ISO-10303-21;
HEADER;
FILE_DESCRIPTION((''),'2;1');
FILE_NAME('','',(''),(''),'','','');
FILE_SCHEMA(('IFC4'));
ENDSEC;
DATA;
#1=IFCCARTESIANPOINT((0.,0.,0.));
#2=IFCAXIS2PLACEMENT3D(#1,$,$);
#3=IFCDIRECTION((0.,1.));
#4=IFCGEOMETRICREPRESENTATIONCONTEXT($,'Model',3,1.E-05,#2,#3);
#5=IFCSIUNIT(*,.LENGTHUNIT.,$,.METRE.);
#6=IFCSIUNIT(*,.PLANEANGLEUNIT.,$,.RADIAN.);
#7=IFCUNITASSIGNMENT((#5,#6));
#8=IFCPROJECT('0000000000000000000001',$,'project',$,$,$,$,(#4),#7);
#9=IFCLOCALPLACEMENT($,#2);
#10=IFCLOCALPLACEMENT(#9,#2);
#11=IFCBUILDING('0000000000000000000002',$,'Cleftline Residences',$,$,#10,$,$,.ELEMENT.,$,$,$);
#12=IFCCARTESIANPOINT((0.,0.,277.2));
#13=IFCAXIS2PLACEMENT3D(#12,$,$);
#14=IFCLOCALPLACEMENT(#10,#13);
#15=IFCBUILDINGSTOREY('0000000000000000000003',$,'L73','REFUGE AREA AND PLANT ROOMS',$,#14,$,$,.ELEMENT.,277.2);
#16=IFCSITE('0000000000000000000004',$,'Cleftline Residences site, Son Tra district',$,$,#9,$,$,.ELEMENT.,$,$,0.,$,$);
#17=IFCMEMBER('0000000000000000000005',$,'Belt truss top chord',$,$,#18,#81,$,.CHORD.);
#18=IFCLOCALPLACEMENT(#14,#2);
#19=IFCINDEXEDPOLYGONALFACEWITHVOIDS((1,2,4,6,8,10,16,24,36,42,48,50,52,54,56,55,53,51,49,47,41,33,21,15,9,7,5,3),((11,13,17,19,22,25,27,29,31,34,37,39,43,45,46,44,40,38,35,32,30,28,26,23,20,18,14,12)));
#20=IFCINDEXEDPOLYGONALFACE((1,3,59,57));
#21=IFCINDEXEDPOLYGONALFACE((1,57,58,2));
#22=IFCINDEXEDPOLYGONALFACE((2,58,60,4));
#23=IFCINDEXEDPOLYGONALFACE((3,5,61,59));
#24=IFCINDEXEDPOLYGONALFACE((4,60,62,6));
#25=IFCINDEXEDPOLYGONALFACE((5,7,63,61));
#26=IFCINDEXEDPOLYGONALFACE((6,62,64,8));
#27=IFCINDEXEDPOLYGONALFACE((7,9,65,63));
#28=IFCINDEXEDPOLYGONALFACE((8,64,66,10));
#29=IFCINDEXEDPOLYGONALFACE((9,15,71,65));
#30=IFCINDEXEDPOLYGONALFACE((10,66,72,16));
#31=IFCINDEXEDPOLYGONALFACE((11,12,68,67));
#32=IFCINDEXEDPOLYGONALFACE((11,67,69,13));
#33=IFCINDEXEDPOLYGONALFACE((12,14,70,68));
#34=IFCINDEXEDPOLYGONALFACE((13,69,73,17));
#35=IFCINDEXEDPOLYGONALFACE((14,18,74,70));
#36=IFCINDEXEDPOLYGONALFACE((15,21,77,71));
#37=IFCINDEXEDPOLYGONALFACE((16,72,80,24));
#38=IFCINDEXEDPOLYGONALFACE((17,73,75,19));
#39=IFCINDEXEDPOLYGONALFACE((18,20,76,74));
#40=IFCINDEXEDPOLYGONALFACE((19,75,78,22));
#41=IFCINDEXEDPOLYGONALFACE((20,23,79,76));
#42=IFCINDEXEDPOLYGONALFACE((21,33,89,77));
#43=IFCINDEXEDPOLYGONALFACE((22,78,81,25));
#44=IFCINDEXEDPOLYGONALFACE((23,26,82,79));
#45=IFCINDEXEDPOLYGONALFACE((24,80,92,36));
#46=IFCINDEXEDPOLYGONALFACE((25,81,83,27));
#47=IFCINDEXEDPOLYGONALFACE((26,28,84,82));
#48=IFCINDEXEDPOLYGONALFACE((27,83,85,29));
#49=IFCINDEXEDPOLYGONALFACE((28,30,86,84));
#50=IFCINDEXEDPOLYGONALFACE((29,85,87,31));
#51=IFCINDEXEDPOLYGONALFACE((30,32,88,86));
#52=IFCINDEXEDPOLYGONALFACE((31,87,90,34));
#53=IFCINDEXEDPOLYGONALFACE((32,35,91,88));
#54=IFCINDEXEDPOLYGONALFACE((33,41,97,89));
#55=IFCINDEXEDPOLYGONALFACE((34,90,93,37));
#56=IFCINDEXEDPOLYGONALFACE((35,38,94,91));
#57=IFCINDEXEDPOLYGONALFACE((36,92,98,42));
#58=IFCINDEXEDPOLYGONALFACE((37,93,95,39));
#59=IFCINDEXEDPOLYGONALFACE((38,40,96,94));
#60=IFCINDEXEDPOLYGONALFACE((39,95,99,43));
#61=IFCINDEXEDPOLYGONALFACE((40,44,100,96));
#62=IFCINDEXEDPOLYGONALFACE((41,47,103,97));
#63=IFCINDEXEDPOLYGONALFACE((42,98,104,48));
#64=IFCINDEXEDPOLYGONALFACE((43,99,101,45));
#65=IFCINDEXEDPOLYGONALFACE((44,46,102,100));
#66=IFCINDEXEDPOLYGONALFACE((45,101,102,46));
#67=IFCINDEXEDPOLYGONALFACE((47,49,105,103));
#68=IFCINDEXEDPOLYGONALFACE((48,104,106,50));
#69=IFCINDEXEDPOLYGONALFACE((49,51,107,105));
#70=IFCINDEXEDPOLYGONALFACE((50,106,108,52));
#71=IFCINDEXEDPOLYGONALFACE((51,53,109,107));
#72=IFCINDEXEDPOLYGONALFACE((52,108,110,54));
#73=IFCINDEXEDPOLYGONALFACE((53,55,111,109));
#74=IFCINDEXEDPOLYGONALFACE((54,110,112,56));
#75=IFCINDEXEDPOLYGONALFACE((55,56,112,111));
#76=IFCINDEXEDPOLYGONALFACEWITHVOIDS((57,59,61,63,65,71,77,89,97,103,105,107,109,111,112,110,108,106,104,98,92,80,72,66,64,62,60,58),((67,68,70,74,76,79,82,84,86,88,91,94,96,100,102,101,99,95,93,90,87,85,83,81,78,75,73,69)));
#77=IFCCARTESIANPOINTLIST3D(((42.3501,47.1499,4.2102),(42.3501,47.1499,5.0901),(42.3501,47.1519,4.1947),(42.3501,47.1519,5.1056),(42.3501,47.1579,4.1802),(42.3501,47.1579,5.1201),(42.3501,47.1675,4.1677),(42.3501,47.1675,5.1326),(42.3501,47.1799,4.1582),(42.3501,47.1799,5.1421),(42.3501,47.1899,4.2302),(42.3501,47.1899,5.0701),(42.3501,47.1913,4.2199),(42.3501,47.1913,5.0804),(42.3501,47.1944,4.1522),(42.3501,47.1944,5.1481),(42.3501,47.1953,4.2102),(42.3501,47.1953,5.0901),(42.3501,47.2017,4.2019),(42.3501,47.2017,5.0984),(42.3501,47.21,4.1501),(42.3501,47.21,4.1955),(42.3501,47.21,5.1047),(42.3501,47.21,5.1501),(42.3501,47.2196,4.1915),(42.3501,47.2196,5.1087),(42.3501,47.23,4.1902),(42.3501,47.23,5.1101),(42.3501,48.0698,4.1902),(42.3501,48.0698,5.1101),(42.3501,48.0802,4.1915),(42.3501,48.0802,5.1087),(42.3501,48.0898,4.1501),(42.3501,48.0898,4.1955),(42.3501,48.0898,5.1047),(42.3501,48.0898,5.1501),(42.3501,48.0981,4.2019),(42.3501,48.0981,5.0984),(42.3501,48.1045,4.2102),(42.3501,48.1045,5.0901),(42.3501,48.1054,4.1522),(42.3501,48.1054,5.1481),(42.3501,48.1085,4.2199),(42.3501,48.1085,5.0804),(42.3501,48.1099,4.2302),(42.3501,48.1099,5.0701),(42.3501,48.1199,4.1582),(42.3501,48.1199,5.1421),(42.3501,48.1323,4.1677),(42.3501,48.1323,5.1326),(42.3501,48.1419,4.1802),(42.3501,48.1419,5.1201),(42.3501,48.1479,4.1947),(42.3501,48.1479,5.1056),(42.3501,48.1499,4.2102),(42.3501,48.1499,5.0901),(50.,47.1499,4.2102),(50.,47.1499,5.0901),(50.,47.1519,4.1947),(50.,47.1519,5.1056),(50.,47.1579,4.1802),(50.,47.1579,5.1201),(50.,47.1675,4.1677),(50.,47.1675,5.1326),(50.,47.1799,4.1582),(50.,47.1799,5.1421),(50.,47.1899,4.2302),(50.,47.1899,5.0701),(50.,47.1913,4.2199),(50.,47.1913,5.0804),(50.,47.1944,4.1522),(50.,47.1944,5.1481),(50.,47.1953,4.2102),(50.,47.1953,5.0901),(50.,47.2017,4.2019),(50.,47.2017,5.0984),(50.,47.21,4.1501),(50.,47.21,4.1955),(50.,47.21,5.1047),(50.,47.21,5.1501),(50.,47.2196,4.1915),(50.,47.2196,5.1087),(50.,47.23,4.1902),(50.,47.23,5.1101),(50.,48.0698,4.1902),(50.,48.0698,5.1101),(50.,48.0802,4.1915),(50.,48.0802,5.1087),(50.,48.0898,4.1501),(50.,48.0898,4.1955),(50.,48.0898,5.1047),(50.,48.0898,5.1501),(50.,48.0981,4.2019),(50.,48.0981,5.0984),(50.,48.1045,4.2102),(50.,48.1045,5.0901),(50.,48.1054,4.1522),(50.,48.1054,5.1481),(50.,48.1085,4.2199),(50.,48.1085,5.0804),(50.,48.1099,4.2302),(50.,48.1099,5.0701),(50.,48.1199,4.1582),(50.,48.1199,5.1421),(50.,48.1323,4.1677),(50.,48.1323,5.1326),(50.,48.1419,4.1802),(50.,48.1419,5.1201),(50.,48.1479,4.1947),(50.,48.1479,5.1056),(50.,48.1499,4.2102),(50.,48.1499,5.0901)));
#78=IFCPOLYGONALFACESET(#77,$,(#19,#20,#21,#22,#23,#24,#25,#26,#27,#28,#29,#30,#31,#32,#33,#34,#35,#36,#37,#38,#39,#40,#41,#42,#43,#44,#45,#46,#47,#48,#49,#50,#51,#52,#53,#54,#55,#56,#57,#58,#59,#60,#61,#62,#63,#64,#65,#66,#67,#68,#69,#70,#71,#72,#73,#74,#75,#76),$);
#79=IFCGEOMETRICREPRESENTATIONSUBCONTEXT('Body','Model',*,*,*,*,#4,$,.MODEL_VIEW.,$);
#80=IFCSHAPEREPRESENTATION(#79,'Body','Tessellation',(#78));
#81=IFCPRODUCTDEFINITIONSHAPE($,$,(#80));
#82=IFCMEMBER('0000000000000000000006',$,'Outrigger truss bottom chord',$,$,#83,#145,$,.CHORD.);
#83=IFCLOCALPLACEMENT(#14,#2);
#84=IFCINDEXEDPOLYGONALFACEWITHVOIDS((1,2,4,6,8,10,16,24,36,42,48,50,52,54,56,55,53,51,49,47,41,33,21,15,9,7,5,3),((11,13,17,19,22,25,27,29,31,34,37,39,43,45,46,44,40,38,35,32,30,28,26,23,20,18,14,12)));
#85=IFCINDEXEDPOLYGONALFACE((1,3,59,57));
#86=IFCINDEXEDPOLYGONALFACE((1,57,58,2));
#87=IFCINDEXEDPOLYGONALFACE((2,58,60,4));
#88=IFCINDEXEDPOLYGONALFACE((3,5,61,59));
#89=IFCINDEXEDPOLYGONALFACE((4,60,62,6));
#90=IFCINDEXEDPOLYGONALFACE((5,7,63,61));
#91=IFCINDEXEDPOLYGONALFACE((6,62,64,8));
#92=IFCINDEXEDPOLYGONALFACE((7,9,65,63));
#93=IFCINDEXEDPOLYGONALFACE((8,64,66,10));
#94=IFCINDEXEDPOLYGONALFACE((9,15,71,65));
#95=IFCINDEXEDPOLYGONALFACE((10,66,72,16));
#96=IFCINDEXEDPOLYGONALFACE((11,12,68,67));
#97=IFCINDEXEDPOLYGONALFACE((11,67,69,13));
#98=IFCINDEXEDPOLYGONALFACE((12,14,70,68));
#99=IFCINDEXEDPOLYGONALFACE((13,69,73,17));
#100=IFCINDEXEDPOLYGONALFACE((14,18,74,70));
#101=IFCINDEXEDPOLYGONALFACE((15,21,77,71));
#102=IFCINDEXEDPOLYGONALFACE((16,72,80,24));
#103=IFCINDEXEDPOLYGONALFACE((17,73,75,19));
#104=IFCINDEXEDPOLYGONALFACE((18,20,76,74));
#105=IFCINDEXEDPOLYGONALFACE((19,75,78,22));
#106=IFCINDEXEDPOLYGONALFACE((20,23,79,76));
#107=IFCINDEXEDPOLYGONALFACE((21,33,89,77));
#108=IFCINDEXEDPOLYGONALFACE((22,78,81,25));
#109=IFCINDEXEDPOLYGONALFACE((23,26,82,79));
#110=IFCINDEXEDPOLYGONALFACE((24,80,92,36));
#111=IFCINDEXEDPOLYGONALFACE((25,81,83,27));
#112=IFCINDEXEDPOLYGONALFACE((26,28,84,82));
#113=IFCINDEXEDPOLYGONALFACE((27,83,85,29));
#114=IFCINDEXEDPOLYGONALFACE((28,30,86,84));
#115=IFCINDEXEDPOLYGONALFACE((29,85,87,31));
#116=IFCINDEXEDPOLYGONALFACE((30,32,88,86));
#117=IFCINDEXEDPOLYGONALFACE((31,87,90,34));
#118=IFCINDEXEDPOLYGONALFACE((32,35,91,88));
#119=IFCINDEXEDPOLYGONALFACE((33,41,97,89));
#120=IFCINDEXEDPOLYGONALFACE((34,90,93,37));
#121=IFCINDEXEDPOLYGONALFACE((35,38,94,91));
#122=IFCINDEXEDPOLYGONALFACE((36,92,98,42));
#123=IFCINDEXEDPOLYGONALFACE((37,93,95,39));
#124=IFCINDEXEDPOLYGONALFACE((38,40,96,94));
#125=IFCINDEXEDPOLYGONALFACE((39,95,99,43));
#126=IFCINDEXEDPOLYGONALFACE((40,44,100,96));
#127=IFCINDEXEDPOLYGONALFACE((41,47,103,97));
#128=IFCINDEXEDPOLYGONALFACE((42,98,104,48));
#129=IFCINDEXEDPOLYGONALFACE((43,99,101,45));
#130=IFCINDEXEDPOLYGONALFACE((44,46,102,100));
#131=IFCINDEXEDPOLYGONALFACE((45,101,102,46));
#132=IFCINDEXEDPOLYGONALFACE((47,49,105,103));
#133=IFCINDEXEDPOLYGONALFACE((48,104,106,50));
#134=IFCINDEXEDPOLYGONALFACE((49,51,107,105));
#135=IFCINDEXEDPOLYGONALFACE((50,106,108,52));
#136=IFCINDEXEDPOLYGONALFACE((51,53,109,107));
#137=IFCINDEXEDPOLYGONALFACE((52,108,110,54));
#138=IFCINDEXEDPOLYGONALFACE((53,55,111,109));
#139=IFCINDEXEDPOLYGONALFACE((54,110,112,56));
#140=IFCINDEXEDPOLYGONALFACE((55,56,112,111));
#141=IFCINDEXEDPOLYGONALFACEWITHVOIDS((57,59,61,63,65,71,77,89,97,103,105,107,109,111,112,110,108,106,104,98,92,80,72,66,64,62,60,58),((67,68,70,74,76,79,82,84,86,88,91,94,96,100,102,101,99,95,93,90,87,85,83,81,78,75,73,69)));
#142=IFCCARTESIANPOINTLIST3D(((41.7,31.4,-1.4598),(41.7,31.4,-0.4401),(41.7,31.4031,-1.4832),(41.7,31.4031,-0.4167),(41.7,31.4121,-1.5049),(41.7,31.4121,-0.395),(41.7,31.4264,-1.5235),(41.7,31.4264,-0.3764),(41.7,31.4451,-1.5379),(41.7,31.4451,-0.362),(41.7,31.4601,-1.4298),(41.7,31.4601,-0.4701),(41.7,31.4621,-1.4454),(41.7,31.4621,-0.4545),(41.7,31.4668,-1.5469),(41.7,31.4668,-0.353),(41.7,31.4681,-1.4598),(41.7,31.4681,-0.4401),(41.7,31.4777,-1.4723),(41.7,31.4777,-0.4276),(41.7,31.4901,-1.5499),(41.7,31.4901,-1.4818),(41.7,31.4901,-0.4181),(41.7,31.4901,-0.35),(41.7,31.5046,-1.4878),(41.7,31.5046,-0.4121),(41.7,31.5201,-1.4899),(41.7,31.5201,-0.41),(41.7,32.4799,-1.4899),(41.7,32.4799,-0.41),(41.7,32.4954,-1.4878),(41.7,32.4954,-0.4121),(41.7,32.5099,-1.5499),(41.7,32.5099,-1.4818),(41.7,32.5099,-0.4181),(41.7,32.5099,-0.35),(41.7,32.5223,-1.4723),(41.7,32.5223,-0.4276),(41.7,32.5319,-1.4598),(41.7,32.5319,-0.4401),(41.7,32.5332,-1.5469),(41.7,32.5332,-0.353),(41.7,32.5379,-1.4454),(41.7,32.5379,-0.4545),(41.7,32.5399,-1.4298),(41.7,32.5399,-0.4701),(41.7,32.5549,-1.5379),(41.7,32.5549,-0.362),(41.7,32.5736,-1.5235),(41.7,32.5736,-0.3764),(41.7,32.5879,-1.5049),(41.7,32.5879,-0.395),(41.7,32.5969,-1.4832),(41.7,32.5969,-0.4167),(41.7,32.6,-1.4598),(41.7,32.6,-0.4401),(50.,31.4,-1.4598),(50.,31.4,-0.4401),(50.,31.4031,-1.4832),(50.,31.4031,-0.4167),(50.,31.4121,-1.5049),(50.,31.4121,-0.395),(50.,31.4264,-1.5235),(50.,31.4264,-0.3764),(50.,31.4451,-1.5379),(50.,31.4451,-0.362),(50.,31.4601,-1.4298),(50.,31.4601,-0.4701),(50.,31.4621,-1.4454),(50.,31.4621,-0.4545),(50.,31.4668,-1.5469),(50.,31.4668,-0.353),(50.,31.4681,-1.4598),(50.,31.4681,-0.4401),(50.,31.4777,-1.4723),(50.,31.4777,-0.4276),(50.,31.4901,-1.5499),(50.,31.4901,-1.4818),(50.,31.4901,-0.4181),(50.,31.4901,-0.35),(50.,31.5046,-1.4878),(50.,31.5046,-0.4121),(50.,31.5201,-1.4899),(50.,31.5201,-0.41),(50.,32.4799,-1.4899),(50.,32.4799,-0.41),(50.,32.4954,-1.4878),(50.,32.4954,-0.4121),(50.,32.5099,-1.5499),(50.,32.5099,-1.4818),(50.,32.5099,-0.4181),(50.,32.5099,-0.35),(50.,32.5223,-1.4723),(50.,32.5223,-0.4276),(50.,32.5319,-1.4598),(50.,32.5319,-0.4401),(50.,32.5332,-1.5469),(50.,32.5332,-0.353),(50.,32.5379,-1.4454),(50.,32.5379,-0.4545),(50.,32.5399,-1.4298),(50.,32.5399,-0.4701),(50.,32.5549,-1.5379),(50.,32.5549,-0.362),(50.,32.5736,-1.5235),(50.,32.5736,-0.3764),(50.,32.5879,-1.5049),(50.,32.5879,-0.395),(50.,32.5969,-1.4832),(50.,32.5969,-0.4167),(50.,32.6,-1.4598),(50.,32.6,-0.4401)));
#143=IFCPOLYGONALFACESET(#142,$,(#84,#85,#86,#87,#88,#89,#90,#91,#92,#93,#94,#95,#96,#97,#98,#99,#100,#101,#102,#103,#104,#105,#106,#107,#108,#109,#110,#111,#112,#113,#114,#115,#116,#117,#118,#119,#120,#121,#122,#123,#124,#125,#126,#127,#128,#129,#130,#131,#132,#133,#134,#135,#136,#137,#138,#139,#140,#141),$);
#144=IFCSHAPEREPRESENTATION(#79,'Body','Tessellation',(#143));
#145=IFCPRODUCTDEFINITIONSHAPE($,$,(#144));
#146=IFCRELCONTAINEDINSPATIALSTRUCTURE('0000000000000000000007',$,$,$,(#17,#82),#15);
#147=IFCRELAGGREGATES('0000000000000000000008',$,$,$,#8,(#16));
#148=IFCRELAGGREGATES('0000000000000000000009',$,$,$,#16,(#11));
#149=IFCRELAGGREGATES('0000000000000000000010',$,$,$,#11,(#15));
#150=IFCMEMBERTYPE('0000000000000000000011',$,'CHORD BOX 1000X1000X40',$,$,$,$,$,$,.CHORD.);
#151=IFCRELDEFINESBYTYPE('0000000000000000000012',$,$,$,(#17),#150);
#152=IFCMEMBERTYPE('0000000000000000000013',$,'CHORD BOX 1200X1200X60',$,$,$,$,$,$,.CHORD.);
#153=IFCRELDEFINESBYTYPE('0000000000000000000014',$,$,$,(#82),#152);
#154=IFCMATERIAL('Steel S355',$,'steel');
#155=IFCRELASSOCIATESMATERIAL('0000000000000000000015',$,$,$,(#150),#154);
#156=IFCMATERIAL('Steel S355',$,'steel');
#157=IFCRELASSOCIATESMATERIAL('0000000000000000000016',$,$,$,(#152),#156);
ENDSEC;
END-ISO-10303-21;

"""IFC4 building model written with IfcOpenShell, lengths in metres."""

from ifc_helpers import new_model, si_unit, direction, frame, origin, origin_2d, place, context, subcontext, project, spatial, hollow_rectangle, extrude, material, material_profile, profile_set, type_object, element, save


model = new_model("IFC4")

# Units and contexts
model_context = context("Model", 3, precision=1e-05, world=origin(), true_north=direction((0.0, 1.0)))
body_context = subcontext(model_context, "Body", "Model", "MODEL_VIEW")
ifc_project = project(units=[si_unit("LENGTHUNIT", "METRE"), si_unit("PLANEANGLEUNIT", "RADIAN")], contexts=[model_context])

# Site, building, storey
site_placement = place(None, origin())
site = spatial("IfcSite", under=ifc_project, at=site_placement, Name="Cleftline Residences site, Son Tra district", CompositionType="ELEMENT", RefElevation=0.0)
building_placement = place(site_placement, origin())
building = spatial("IfcBuilding", under=site, at=building_placement, Name="Cleftline Residences", CompositionType="ELEMENT")
storey_placement = place(building_placement, frame((0.0, 0.0, 277.2)))
storey = spatial("IfcBuildingStorey", under=building, at=storey_placement, Name="L73", Description="REFUGE AREA AND PLANT ROOMS", CompositionType="ELEMENT", Elevation=277.2)

# Members
ifc_material_1 = material(Name="Steel S355", Category="steel")
ifc_material_profile_1 = material_profile(ifc_material_1, hollow_rectangle(XDim=1.0, YDim=1.0, WallThickness=0.04, InnerFilletRadius=0.04, OuterFilletRadius=0.0601, at=origin_2d()))
ifc_profile_set_1 = profile_set([ifc_material_profile_1], Name="Steel S355")
member_type_1 = type_object("IfcMemberType", Name="CHORD BOX 1000X1000X40", PredefinedType="CHORD", material=ifc_profile_set_1)
for number, where, z_axis, x_axis, name in (
    (1, (42.3501, 47.6499, 4.6501), (1.0, 0.0, 0.0), (0.0, 1.0, 0.0), "Belt truss top chord"),
):
    element("IfcMember", number, at=place(storey_placement, frame(where, z_axis=z_axis, x_axis=x_axis)), inside=storey, type_object=member_type_1, Name=name, PredefinedType="CHORD", context=body_context, shape_type="SweptSolid", body=[
        extrude(hollow_rectangle(XDim=1.0, YDim=1.0, WallThickness=0.04, InnerFilletRadius=0.04, OuterFilletRadius=0.0601, at=origin_2d()), origin(), (0.0, 0.0, 1.0), 7.6499),
    ])
ifc_material_2 = material(Name="Steel S355", Category="steel")
ifc_material_profile_2 = material_profile(ifc_material_2, hollow_rectangle(XDim=1.2, YDim=1.2, WallThickness=0.0601, InnerFilletRadius=0.0601, OuterFilletRadius=0.0901, at=origin_2d()))
ifc_profile_set_2 = profile_set([ifc_material_profile_2], Name="Steel S355")
member_type_2 = type_object("IfcMemberType", Name="CHORD BOX 1200X1200X60", PredefinedType="CHORD", material=ifc_profile_set_2)
for number, where, z_axis, x_axis, name in (
    (2, (41.7, 32.0, -0.95), (1.0, 0.0, 0.0), (0.0, 1.0, 0.0), "Outrigger truss bottom chord"),
):
    element("IfcMember", number, at=place(storey_placement, frame(where, z_axis=z_axis, x_axis=x_axis)), inside=storey, type_object=member_type_2, Name=name, PredefinedType="CHORD", context=body_context, shape_type="SweptSolid", body=[
        extrude(hollow_rectangle(XDim=1.2, YDim=1.2, WallThickness=0.0601, InnerFilletRadius=0.0601, OuterFilletRadius=0.0901, at=origin_2d()), origin(), (0.0, 0.0, 1.0), 8.3),
    ])

save(model, "model.ifc")
